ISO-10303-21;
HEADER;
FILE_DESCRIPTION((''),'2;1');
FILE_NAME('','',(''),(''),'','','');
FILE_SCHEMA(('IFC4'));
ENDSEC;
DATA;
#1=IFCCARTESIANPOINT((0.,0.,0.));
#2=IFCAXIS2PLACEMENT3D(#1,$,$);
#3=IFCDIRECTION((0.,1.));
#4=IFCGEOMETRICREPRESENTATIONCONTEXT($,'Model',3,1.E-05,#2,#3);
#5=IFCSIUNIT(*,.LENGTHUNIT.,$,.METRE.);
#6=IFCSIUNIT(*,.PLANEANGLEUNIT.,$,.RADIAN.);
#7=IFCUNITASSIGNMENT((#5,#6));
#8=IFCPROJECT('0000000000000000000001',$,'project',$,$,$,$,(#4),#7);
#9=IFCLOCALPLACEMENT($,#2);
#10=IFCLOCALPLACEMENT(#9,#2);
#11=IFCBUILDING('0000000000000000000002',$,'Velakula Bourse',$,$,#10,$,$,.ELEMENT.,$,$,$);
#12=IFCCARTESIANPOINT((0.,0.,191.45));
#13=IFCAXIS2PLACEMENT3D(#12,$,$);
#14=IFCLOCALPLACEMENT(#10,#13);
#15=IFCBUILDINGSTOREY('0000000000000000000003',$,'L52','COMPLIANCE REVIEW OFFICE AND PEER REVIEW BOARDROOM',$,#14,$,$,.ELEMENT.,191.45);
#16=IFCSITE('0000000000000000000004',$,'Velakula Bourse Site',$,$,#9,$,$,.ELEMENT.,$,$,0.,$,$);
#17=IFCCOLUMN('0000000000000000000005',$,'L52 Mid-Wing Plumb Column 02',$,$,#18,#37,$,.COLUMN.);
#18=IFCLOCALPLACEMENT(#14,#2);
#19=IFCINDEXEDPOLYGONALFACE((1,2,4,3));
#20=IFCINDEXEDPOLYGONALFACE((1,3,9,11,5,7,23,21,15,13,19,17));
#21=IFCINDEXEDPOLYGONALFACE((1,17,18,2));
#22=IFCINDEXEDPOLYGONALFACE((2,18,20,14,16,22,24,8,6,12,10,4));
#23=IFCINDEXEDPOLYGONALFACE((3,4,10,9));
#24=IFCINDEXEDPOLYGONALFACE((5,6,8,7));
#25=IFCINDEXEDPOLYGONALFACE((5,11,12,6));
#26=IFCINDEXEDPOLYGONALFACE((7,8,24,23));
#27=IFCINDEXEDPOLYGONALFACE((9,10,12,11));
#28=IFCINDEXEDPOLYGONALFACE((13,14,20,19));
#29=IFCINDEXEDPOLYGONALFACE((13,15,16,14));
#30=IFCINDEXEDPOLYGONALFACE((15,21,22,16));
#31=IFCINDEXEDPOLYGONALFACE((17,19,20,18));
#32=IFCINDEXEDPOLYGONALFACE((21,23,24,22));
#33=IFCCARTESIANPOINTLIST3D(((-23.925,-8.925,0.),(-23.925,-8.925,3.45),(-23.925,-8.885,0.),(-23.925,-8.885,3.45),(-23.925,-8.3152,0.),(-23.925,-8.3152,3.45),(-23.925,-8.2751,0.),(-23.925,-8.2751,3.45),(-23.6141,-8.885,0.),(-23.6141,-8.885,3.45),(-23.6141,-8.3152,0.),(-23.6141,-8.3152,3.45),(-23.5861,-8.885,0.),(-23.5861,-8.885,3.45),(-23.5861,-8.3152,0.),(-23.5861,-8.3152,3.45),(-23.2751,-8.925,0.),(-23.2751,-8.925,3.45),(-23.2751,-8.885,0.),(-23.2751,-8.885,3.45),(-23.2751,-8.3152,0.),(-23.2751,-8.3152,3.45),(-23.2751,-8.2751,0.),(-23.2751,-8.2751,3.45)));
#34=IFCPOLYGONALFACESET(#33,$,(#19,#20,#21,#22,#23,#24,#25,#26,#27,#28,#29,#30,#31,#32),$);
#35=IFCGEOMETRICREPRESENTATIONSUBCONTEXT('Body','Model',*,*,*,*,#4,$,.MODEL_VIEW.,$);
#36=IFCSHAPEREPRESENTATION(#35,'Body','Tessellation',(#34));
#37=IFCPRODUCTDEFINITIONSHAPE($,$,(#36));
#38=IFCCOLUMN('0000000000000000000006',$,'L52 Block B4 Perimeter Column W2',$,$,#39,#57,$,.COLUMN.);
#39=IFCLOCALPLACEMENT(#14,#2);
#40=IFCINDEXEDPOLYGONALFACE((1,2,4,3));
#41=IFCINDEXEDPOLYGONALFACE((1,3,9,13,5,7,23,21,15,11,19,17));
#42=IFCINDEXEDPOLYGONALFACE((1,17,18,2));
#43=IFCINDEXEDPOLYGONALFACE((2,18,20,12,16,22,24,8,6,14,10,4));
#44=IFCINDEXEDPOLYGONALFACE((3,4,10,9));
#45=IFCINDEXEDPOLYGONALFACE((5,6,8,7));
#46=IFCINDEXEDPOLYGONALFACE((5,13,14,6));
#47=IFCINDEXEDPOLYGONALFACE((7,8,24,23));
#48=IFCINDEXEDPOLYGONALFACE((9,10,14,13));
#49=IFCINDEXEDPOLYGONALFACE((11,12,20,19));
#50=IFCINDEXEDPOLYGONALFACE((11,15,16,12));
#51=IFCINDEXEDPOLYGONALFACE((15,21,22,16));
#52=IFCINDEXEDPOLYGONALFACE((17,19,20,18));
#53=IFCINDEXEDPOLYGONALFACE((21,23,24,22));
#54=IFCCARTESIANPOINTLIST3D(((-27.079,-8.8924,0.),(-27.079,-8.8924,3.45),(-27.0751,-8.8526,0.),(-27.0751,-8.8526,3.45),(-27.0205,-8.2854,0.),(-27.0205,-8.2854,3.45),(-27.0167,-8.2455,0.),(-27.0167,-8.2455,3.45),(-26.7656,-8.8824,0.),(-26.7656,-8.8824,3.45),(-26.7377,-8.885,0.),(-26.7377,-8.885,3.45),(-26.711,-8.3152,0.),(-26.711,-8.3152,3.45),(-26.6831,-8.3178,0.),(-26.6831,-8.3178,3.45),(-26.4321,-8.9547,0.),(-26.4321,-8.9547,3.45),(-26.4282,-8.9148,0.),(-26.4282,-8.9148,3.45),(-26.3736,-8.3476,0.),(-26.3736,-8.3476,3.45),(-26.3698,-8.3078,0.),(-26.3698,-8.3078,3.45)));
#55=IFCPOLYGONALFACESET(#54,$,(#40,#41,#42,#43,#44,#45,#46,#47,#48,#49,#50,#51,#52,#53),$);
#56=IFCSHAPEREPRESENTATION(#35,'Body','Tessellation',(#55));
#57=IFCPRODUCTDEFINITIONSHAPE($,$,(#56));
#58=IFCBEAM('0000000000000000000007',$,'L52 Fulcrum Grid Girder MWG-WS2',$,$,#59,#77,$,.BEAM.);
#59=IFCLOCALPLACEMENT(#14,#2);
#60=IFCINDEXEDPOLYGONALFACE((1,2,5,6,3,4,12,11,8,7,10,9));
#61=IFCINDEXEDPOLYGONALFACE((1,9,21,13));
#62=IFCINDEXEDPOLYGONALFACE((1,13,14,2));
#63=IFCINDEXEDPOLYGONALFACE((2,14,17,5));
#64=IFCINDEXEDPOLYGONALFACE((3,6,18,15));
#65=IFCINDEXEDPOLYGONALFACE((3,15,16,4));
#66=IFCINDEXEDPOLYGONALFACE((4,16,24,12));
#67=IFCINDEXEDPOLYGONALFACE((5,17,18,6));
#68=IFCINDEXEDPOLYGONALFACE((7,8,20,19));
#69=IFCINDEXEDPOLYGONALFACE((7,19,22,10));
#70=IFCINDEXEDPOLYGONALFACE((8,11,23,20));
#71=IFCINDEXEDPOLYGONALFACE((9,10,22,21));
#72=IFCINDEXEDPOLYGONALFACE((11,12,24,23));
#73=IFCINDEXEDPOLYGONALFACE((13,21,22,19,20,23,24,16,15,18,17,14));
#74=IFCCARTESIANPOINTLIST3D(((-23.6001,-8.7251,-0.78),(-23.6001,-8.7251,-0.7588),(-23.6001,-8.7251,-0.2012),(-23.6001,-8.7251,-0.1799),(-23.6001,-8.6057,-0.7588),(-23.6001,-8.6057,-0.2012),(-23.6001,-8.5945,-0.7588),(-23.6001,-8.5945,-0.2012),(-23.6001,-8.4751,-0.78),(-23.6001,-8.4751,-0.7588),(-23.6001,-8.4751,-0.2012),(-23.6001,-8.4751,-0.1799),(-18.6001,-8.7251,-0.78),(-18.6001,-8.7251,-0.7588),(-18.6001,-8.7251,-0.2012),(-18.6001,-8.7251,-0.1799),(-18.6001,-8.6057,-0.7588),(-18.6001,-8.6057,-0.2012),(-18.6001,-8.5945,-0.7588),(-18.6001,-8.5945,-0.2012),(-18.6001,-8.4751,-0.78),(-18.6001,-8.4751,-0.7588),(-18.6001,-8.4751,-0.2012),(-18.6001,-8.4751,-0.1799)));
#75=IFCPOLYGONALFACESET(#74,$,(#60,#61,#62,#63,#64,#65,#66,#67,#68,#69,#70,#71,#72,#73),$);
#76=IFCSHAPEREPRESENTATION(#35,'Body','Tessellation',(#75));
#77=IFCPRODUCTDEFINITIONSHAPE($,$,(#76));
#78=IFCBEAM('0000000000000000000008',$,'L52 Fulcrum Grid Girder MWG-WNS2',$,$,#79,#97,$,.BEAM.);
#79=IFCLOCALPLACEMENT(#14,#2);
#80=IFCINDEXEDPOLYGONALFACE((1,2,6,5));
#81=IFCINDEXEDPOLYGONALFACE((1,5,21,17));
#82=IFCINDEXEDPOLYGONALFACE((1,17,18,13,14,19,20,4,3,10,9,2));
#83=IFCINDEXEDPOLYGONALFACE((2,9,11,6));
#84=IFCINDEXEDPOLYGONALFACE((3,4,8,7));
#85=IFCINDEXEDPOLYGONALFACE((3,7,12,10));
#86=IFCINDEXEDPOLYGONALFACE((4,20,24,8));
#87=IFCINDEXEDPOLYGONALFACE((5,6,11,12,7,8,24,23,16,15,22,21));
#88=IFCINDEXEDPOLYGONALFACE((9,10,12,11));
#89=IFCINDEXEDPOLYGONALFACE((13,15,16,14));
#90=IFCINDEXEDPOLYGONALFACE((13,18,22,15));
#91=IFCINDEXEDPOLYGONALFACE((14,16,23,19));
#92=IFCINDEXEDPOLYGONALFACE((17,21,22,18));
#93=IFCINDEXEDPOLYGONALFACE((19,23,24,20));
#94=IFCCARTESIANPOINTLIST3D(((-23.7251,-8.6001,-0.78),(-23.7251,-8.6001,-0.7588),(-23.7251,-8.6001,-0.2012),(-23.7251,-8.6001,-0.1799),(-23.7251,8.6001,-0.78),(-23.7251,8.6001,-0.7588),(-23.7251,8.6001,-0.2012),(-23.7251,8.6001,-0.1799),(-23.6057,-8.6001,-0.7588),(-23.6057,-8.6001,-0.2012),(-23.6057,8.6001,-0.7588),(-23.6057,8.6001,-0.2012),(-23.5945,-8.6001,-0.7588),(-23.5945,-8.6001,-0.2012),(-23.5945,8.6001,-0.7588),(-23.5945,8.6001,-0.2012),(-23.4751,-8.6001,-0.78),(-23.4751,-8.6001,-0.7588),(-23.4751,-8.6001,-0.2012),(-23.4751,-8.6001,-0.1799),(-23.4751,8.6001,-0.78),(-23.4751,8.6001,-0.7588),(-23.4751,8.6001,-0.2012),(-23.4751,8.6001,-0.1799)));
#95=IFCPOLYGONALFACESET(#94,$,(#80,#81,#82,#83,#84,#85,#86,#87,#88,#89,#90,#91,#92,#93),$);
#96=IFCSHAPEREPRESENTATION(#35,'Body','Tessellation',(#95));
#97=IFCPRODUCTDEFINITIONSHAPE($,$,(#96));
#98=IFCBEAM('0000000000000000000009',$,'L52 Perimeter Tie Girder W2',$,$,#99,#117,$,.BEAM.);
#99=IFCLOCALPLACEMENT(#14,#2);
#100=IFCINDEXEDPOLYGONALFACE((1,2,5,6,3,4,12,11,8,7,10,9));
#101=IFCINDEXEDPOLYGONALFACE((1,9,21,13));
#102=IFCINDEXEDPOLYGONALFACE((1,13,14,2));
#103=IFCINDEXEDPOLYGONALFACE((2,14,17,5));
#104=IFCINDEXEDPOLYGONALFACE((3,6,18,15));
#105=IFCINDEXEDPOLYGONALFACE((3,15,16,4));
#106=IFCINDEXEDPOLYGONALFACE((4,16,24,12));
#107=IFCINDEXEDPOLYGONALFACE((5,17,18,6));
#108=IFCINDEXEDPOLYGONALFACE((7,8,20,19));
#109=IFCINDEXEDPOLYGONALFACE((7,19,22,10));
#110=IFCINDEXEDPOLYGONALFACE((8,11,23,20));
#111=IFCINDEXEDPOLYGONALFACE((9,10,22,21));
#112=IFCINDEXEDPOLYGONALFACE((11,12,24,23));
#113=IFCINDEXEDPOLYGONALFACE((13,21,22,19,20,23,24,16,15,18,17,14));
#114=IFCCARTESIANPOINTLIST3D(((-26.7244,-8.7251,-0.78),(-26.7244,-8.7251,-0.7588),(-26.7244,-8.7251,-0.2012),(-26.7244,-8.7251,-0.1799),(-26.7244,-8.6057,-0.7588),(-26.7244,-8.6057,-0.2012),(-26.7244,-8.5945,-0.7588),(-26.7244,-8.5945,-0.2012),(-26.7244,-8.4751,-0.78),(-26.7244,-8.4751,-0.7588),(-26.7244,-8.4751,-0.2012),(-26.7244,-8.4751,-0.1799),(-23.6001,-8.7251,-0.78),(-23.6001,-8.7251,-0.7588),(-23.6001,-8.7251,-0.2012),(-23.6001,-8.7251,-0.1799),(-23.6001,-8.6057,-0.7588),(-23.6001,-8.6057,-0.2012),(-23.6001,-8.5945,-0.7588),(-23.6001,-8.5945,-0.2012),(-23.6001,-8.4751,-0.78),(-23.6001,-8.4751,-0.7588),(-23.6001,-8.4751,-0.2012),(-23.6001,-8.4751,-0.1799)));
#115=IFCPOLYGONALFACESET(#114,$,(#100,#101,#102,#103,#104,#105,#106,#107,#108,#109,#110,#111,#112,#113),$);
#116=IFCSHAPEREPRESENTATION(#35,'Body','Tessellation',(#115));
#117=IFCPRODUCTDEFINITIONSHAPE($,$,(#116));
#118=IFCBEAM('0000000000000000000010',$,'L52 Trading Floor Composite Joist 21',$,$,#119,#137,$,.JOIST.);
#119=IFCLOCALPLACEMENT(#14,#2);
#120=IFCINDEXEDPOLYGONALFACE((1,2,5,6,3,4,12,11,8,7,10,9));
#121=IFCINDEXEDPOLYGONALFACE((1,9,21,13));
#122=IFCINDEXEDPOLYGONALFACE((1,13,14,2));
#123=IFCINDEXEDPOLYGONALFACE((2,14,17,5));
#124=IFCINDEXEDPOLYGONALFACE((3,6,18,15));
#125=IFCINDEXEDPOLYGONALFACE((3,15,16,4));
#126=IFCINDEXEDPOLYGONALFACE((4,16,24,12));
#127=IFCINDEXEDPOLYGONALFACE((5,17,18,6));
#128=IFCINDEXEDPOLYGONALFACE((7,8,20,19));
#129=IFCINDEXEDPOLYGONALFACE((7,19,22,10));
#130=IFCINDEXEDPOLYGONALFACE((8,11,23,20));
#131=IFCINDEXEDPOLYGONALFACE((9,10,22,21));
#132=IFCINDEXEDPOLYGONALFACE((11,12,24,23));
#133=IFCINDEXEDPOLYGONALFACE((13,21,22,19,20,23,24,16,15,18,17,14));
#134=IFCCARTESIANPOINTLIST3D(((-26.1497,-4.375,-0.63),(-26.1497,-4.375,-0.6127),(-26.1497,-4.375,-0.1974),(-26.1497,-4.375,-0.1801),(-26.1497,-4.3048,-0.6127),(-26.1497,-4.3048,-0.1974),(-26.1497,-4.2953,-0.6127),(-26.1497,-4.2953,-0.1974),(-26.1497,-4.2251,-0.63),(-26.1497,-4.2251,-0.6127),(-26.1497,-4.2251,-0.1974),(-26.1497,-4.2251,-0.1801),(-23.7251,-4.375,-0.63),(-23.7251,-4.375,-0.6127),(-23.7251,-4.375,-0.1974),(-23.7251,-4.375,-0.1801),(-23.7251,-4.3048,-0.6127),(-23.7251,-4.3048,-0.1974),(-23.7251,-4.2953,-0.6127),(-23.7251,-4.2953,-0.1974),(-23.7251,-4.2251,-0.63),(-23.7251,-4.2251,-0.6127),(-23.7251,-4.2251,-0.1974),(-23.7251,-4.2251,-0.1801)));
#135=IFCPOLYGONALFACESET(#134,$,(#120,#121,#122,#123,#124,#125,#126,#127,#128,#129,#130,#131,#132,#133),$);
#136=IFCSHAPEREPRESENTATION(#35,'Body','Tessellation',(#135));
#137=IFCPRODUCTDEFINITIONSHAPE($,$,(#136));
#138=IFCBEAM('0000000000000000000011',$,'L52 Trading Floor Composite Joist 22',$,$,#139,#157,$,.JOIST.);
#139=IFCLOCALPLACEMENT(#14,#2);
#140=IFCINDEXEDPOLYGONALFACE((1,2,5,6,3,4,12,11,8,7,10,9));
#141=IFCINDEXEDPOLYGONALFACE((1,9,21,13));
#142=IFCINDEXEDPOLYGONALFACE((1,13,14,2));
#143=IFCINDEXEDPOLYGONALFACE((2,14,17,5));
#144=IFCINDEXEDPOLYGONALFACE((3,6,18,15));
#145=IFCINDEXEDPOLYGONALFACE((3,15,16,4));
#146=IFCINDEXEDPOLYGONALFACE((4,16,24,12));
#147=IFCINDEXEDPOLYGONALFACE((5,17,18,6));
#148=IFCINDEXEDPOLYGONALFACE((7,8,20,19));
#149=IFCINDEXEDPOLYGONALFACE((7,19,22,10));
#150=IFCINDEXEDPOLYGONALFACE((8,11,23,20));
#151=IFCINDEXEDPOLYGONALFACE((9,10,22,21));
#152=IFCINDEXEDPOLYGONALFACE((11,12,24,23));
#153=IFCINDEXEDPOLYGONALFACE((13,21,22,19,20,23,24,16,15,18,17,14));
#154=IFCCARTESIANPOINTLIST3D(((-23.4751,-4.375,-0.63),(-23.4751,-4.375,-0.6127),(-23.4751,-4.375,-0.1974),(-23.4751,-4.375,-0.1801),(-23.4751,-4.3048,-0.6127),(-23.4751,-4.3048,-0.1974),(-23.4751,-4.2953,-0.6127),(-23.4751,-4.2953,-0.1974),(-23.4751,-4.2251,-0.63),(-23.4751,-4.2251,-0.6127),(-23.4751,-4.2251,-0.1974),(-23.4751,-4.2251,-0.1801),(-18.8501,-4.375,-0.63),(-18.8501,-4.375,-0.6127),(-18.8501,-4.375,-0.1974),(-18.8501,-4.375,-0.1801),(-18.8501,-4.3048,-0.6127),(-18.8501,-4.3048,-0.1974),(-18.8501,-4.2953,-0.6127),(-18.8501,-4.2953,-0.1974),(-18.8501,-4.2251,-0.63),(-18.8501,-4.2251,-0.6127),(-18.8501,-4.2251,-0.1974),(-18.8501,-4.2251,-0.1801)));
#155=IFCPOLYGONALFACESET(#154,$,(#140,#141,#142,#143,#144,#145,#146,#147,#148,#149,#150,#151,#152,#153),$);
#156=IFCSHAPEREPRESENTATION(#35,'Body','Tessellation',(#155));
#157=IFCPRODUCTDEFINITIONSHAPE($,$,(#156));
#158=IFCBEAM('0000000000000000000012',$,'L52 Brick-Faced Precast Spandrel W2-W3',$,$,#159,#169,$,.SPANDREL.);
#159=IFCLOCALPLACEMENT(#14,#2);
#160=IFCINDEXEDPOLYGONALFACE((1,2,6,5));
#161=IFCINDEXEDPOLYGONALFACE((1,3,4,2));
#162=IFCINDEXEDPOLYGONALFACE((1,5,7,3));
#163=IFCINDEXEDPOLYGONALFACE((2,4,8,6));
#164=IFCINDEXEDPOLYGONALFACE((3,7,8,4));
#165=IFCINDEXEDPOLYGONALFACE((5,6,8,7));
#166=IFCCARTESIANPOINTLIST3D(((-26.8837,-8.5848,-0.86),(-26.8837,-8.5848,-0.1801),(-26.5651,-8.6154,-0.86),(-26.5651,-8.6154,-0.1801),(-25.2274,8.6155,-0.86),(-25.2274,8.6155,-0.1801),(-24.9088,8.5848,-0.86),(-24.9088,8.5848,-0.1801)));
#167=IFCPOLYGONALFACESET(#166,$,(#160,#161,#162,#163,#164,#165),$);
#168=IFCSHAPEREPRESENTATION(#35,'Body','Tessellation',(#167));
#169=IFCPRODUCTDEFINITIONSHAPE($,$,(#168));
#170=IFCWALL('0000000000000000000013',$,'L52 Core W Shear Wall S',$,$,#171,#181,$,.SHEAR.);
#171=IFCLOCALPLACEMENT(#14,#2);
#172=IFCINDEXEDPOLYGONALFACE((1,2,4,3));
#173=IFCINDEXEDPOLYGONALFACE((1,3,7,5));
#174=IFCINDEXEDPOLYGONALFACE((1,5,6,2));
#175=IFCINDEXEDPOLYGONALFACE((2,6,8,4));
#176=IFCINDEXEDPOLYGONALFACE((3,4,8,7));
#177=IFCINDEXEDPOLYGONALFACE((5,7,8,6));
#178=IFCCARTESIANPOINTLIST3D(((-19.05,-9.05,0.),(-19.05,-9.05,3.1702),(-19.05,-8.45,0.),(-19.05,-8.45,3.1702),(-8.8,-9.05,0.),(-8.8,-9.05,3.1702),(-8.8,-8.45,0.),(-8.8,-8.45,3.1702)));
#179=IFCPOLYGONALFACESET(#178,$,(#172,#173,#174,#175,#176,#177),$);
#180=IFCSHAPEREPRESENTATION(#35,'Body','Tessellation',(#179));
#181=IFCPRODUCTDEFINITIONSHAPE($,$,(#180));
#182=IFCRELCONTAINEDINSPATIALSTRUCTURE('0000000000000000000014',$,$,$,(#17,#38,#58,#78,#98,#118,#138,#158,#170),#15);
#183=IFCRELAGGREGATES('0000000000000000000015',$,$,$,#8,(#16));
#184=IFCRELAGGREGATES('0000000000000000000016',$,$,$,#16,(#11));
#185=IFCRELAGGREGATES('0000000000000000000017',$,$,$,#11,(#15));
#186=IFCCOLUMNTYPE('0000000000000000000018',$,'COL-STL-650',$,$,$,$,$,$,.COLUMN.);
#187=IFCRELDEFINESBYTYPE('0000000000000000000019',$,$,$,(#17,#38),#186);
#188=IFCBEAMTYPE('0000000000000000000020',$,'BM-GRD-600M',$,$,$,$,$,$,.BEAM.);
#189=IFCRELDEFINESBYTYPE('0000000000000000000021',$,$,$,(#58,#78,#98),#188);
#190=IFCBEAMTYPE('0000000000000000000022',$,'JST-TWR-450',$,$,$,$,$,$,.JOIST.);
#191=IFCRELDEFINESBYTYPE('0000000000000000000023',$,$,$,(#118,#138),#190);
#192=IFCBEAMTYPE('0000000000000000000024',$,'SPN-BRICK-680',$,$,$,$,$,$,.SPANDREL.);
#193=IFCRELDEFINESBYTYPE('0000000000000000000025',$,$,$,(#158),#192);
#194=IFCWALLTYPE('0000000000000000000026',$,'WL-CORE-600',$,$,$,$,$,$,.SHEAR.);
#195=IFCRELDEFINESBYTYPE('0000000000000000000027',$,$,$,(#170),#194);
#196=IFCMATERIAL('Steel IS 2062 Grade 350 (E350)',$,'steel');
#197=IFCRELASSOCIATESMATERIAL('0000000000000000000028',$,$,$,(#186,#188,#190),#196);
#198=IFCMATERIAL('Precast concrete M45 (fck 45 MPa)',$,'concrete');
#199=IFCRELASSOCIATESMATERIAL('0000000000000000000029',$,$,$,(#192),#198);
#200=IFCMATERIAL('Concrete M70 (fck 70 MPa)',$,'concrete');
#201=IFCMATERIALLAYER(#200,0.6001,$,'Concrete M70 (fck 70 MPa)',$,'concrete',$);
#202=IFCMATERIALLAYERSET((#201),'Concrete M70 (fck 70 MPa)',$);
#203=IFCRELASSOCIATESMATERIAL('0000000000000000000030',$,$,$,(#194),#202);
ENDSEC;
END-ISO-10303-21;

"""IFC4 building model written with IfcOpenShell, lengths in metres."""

from ifc_helpers import new_model, si_unit, direction, frame, frame_2d, origin, origin_2d, place, context, subcontext, project, spatial, rectangle, i_section, extrude, material, layer, layer_set, material_profile, profile_set, type_object, element, save


model = new_model("IFC4")

# Units and contexts
model_context = context("Model", 3, precision=1e-05, world=origin(), true_north=direction((0.0, 1.0)))
body_context = subcontext(model_context, "Body", "Model", "MODEL_VIEW")
ifc_project = project(units=[si_unit("LENGTHUNIT", "METRE"), si_unit("PLANEANGLEUNIT", "RADIAN")], contexts=[model_context])

# Site, building, storey
site_placement = place(None, origin())
site = spatial("IfcSite", under=ifc_project, at=site_placement, Name="Velakula Bourse Site", CompositionType="ELEMENT", RefElevation=0.0)
building_placement = place(site_placement, origin())
building = spatial("IfcBuilding", under=site, at=building_placement, Name="Velakula Bourse", CompositionType="ELEMENT")
storey_placement = place(building_placement, frame((0.0, 0.0, 191.45)))
storey = spatial("IfcBuildingStorey", under=building, at=storey_placement, Name="L52", Description="COMPLIANCE REVIEW OFFICE AND PEER REVIEW BOARDROOM", CompositionType="ELEMENT", Elevation=191.45)

# Columns
ifc_material_1 = material(Name="Steel IS 2062 Grade 350 (E350)", Category="steel")
ifc_material_profile_1 = material_profile(ifc_material_1, i_section(OverallWidth=0.6499, OverallDepth=0.6499, WebThickness=0.0281, FlangeThickness=0.04, at=origin_2d()), Name="Steel IS 2062 Grade 350 (E350)")
ifc_profile_set_1 = profile_set([ifc_material_profile_1], Name="Steel IS 2062 Grade 350 (E350)")
column_type = type_object("IfcColumnType", Name="COL-STL-650", PredefinedType="COLUMN", material=ifc_profile_set_1)
for number, where, z_axis, x_axis, name in (
    (1, (-23.6001, -8.6001, 0.0), (0.0, 0.0, 1.0), (1.0, 0.0, 0.0), "L52 Mid-Wing Plumb Column 02"),
    (2, (-26.7244, -8.6001, 0.0), (0.0, 0.0, 1.0), (0.995396, -0.095846, 0.0), "L52 Block B4 Perimeter Column W2"),
):
    element("IfcColumn", number, at=place(storey_placement, frame(where, z_axis=z_axis, x_axis=x_axis)), inside=storey, type_object=column_type, Name=name, PredefinedType="COLUMN", context=body_context, shape_type="SweptSolid", body=[
        extrude(i_section(OverallWidth=0.6499, OverallDepth=0.6499, WebThickness=0.0281, FlangeThickness=0.04, at=origin_2d()), origin(), (0.0, 0.0, 1.0), 3.45),
    ])

# Beams
ifc_material_profile_2 = material_profile(ifc_material_1, i_section(OverallWidth=0.25, OverallDepth=0.6001, WebThickness=0.0112, FlangeThickness=0.0212, at=origin_2d()), Name="Steel IS 2062 Grade 350 (E350)")
ifc_profile_set_2 = profile_set([ifc_material_profile_2], Name="Steel IS 2062 Grade 350 (E350)")
beam_type_1 = type_object("IfcBeamType", Name="BM-GRD-600M", PredefinedType="BEAM", material=ifc_profile_set_2)
beam_1_placement = place(storey_placement, frame((-23.6001, -8.6001, -0.48), z_axis=(1.0, 0.0, 0.0), x_axis=(0.0, 1.0, 0.0)))
element("IfcBeam", 3, at=beam_1_placement, inside=storey, type_object=beam_type_1, Name="L52 Fulcrum Grid Girder MWG-WS2", PredefinedType="BEAM", context=body_context, shape_type="SweptSolid", body=[
    extrude(i_section(OverallWidth=0.25, OverallDepth=0.6001, WebThickness=0.0112, FlangeThickness=0.0212, at=origin_2d()), origin(), (0.0, 0.0, 1.0), 5.0),
])
beam_2_placement = place(storey_placement, frame((-23.6001, -8.6001, -0.48), z_axis=(0.0, 1.0, 0.0), x_axis=(-1.0, 0.0, 0.0)))
element("IfcBeam", 4, at=beam_2_placement, inside=storey, type_object=beam_type_1, Name="L52 Fulcrum Grid Girder MWG-WNS2", PredefinedType="BEAM", context=body_context, shape_type="SweptSolid", body=[
    extrude(i_section(OverallWidth=0.25, OverallDepth=0.6001, WebThickness=0.0112, FlangeThickness=0.0212, at=origin_2d()), origin(), (0.0, 0.0, 1.0), 17.2002),
])
beam_3_placement = place(storey_placement, frame((-23.6001, -8.6001, -0.48), z_axis=(-1.0, 0.0, 0.0), x_axis=(0.0, -1.0, 0.0)))
element("IfcBeam", 5, at=beam_3_placement, inside=storey, type_object=beam_type_1, Name="L52 Perimeter Tie Girder W2", PredefinedType="BEAM", context=body_context, shape_type="SweptSolid", body=[
    extrude(i_section(OverallWidth=0.25, OverallDepth=0.6001, WebThickness=0.0112, FlangeThickness=0.0212, at=origin_2d()), origin(), (0.0, 0.0, 1.0), 3.1243),
])
ifc_material_profile_3 = material_profile(ifc_material_1, i_section(OverallWidth=0.1499, OverallDepth=0.45, WebThickness=0.0095, FlangeThickness=0.0173, at=origin_2d()), Name="Steel IS 2062 Grade 350 (E350)")
ifc_profile_set_3 = profile_set([ifc_material_profile_3], Name="Steel IS 2062 Grade 350 (E350)")
beam_type_2 = type_object("IfcBeamType", Name="JST-TWR-450", PredefinedType="JOIST", material=ifc_profile_set_3)
beam_4_placement = place(storey_placement, frame((-26.1497, -4.3, -0.405), z_axis=(1.0, 0.0, 0.0), x_axis=(0.0, 1.0, 0.0)))
element("IfcBeam", 6, at=beam_4_placement, inside=storey, type_object=beam_type_2, Name="L52 Trading Floor Composite Joist 21", PredefinedType="JOIST", context=body_context, shape_type="SweptSolid", body=[
    extrude(i_section(OverallWidth=0.1499, OverallDepth=0.45, WebThickness=0.0095, FlangeThickness=0.0173, at=origin_2d()), origin(), (0.0, 0.0, 1.0), 2.4246),
])
beam_5_placement = place(storey_placement, frame((-23.4751, -4.3, -0.405), z_axis=(1.0, 0.0, 0.0), x_axis=(0.0, 1.0, 0.0)))
element("IfcBeam", 7, at=beam_5_placement, inside=storey, type_object=beam_type_2, Name="L52 Trading Floor Composite Joist 22", PredefinedType="JOIST", context=body_context, shape_type="SweptSolid", body=[
    extrude(i_section(OverallWidth=0.1499, OverallDepth=0.45, WebThickness=0.0095, FlangeThickness=0.0173, at=origin_2d()), origin(), (0.0, 0.0, 1.0), 4.625),
])
ifc_material_2 = material(Name="Precast concrete M45 (fck 45 MPa)", Category="concrete")
ifc_material_profile_4 = material_profile(ifc_material_2, rectangle(XDim=0.3201, YDim=0.6799, at=origin_2d()), Name="Precast concrete M45 (fck 45 MPa)")
ifc_profile_set_4 = profile_set([ifc_material_profile_4], Name="Precast concrete M45 (fck 45 MPa)")
beam_type_3 = type_object("IfcBeamType", Name="SPN-BRICK-680", PredefinedType="SPANDREL", material=ifc_profile_set_4)
beam_6_placement = place(storey_placement, frame((-26.7244, -8.6001, -0.52), z_axis=(0.095849, 0.995396, 0.0), x_axis=(-0.995396, 0.095849, 0.0)))
element("IfcBeam", 8, at=beam_6_placement, inside=storey, type_object=beam_type_3, Name="L52 Brick-Faced Precast Spandrel W2-W3", PredefinedType="SPANDREL", context=body_context, shape_type="SweptSolid", body=[
    extrude(rectangle(XDim=0.3201, YDim=0.6799, at=origin_2d()), origin(), (0.0, 0.0, 1.0), 17.2798),
])

# Wall
ifc_material_3 = material(Name="Concrete M70 (fck 70 MPa)", Category="concrete")
ifc_layer = layer(ifc_material_3, 0.6001, Name="Concrete M70 (fck 70 MPa)", Category="concrete")
ifc_layer_set = layer_set([ifc_layer], Name="Concrete M70 (fck 70 MPa)")
wall_type = type_object("IfcWallType", Name="WL-CORE-600", PredefinedType="SHEAR", material=ifc_layer_set)
wall_1_placement = place(storey_placement, frame((-19.05, -8.75, 0.0), z_axis=(0.0, 0.0, 1.0), x_axis=(1.0, 0.0, 0.0)))
element("IfcWall", 9, at=wall_1_placement, inside=storey, type_object=wall_type, Name="L52 Core W Shear Wall S", PredefinedType="SHEAR", context=body_context, shape_type="SweptSolid", body=[
    extrude(rectangle(XDim=10.25, YDim=0.6001, at=frame_2d((5.125, 0.0))), origin(), (0.0, 0.0, 1.0), 3.1702),
])

save(model, "model.ifc")
